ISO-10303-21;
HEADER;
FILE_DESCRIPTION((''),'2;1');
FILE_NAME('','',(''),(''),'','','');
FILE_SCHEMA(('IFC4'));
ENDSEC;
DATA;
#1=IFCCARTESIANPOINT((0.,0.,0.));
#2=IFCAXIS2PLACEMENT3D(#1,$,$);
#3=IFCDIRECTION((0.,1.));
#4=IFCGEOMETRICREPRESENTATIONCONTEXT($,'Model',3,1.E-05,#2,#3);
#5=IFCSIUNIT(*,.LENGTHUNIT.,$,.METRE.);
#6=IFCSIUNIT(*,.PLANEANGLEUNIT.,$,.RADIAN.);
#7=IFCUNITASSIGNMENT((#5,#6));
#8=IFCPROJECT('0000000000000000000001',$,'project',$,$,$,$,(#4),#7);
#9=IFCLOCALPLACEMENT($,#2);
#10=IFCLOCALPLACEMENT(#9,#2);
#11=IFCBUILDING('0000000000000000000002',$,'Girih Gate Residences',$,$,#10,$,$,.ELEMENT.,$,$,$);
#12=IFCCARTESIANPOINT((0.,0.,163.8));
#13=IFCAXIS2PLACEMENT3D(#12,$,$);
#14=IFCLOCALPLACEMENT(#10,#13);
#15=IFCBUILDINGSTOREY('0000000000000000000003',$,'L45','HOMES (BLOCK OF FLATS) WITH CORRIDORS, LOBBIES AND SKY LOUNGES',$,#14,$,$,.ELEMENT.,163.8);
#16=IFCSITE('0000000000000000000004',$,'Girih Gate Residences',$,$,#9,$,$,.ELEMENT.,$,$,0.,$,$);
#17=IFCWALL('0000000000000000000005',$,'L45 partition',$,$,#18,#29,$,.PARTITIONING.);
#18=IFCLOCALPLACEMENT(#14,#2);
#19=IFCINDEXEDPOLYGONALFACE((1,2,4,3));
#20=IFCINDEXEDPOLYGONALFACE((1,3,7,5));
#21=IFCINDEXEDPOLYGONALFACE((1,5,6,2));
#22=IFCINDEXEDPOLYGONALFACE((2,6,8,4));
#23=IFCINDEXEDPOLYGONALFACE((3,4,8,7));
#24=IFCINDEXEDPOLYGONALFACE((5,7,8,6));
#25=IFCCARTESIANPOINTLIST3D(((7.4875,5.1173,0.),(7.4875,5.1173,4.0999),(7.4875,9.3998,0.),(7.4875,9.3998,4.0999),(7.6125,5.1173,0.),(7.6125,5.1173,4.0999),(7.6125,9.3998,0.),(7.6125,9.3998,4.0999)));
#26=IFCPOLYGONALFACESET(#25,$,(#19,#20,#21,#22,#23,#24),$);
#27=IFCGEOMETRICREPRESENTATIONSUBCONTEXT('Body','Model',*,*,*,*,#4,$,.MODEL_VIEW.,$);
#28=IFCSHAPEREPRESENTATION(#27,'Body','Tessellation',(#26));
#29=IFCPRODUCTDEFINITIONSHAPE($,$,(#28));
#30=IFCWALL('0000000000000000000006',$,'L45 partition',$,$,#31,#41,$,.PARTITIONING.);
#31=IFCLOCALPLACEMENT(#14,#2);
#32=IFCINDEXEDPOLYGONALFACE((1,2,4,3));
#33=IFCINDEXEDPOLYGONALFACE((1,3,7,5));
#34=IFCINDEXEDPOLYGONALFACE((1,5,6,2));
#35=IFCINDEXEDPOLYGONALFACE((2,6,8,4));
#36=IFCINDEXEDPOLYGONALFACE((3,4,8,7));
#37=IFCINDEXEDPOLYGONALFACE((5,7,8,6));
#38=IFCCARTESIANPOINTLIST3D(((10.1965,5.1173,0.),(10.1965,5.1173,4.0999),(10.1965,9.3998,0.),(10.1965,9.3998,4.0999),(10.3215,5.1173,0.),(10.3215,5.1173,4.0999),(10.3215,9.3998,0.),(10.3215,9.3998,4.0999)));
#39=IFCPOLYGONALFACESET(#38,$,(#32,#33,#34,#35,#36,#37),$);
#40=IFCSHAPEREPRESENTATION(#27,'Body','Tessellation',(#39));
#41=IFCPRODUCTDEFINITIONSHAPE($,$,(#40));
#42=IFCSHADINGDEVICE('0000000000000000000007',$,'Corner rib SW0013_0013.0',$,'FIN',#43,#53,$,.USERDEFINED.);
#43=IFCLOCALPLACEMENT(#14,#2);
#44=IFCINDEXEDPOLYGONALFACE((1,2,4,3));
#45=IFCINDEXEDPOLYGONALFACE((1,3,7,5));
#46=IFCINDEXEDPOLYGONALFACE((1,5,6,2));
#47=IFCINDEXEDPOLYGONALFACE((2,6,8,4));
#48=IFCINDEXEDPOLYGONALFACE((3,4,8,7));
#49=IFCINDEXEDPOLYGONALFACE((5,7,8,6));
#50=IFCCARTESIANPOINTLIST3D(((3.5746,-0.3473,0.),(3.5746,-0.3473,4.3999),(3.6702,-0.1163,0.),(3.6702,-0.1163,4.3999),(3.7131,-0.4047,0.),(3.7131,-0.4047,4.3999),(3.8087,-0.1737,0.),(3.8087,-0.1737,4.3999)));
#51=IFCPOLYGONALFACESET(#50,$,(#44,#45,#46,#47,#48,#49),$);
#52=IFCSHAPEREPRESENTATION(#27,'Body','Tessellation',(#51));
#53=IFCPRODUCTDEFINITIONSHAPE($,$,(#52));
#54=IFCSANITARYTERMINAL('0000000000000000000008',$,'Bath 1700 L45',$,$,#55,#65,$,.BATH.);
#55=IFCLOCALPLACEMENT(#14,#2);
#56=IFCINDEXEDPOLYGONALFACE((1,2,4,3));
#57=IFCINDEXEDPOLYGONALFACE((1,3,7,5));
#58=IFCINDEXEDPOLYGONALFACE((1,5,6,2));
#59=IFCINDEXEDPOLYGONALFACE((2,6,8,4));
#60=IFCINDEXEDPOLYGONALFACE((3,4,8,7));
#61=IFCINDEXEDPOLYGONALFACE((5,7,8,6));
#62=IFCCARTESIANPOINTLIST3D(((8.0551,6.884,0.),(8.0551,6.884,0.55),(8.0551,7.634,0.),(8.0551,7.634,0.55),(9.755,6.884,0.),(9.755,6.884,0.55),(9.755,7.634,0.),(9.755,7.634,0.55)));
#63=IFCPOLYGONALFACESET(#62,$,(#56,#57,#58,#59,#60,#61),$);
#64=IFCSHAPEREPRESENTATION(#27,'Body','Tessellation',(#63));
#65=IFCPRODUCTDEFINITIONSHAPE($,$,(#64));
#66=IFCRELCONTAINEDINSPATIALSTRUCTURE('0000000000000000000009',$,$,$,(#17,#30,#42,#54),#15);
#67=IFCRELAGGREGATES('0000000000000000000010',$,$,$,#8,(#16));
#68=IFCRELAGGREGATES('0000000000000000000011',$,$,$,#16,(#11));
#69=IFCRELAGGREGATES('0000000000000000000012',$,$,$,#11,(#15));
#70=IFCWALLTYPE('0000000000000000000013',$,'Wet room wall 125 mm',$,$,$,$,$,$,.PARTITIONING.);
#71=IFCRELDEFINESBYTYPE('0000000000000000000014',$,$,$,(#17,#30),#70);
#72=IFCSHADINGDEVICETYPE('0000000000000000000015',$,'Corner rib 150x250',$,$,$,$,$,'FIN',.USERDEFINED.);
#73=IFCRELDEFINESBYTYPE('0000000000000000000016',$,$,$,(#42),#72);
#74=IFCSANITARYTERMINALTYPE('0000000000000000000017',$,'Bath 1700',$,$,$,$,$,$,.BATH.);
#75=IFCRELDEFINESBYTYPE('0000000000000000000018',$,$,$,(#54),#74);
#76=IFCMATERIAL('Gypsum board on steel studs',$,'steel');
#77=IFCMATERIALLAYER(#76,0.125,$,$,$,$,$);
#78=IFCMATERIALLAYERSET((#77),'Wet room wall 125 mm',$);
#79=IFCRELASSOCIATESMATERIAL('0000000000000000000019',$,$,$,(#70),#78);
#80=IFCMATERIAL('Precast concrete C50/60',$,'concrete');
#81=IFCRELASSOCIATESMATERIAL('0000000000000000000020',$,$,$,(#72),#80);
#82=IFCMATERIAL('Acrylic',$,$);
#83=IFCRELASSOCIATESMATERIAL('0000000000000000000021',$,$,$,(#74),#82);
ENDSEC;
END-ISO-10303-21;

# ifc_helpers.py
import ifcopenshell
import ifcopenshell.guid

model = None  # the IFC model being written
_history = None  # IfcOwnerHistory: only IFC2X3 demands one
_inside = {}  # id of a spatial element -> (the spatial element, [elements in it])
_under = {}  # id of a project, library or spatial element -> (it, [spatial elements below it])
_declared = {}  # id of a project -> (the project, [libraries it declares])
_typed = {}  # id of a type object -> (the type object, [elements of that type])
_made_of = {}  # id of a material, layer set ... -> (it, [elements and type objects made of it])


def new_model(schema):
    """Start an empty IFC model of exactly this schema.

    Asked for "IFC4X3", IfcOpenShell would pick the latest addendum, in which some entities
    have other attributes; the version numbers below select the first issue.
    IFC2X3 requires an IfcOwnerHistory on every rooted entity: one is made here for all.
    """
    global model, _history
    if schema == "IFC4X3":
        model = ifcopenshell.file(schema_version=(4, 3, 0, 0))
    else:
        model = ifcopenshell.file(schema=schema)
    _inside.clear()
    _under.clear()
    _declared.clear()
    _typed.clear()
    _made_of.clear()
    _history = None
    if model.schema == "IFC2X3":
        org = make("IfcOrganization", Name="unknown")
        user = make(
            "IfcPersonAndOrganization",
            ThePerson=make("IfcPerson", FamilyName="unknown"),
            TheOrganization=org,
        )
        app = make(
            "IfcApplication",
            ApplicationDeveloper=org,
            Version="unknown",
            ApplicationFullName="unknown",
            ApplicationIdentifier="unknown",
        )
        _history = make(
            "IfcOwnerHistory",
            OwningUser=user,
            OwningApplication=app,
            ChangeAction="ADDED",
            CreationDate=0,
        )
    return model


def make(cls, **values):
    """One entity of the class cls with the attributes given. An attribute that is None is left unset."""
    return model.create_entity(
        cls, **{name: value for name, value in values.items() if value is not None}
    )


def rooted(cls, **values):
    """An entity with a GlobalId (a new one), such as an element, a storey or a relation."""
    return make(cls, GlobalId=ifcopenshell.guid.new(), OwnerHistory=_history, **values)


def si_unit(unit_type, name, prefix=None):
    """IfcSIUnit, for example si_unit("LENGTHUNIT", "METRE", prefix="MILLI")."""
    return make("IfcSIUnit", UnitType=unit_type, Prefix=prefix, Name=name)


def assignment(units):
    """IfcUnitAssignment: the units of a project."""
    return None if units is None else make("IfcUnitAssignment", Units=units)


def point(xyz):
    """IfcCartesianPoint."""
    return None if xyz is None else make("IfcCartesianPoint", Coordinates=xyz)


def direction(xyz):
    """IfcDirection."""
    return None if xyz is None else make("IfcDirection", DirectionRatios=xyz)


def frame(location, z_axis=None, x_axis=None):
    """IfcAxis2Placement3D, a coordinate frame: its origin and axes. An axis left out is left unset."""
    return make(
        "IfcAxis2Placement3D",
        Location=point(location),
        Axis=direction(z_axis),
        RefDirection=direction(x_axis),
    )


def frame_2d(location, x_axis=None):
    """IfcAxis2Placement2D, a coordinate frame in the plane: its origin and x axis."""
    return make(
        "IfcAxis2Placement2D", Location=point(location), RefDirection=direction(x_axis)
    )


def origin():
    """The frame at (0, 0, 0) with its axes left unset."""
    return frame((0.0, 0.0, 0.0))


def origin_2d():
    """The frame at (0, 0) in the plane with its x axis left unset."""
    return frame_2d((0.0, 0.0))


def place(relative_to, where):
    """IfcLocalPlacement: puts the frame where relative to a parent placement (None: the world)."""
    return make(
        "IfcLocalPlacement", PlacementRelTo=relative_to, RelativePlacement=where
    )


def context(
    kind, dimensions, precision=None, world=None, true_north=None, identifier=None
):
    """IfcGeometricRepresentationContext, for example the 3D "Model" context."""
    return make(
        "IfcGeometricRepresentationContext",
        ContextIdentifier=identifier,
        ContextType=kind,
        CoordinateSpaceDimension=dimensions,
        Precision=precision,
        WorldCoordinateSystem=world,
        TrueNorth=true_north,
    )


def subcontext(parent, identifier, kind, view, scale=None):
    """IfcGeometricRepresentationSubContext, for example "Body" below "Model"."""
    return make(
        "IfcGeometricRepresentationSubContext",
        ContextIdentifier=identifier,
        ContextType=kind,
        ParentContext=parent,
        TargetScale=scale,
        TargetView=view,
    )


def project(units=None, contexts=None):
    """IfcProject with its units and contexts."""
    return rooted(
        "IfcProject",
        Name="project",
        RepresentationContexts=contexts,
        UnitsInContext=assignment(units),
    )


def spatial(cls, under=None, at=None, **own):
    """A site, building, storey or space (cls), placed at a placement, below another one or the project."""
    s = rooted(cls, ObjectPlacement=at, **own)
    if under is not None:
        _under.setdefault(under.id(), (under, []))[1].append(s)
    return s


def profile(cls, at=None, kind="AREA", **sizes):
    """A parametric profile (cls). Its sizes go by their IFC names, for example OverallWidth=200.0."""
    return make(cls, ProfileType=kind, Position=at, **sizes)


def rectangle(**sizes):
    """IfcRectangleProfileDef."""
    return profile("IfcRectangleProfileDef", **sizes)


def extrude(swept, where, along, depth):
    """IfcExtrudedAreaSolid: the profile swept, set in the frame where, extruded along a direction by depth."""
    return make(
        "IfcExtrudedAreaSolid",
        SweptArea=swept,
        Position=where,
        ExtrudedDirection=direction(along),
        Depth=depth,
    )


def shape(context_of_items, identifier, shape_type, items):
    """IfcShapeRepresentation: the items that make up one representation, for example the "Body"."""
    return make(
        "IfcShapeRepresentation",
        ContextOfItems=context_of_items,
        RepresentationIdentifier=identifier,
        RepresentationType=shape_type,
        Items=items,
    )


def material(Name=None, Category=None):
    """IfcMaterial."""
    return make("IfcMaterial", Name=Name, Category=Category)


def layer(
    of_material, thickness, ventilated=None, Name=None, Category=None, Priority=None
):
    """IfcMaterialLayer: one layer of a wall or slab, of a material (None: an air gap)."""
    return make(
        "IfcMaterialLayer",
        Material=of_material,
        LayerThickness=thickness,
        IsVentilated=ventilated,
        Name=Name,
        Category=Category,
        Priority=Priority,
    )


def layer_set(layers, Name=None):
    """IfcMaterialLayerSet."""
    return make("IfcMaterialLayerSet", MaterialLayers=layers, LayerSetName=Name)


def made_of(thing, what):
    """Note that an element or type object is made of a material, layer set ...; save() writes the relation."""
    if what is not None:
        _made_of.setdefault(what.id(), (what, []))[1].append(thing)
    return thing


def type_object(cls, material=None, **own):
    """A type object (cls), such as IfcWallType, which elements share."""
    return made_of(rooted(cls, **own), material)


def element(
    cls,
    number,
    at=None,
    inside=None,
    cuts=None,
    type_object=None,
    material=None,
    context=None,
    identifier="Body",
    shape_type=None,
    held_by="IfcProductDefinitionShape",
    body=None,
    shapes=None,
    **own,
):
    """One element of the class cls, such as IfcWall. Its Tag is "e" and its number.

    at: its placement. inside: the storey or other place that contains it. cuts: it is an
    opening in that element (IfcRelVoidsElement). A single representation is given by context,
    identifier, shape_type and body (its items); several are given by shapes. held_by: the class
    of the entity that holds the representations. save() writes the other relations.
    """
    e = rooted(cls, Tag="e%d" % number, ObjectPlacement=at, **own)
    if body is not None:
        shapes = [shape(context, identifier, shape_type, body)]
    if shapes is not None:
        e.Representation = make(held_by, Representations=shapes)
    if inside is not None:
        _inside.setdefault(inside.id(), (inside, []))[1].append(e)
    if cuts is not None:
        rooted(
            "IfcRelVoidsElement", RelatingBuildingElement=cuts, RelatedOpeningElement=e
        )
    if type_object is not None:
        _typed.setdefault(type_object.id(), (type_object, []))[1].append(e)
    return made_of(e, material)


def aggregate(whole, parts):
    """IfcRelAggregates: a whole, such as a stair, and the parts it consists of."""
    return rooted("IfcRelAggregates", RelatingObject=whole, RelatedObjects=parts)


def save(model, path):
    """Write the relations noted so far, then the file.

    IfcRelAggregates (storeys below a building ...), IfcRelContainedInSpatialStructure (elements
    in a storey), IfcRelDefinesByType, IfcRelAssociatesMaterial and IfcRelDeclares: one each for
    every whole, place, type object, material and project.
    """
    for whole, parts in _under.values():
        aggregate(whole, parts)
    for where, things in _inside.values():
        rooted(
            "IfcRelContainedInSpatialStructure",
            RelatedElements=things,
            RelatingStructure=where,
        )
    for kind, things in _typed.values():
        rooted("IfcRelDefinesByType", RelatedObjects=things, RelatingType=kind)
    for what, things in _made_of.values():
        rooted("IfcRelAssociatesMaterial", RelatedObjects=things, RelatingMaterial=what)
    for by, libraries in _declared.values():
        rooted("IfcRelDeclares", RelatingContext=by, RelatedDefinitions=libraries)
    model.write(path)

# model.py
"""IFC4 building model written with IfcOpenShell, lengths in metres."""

from ifc_helpers import new_model, si_unit, direction, frame, frame_2d, origin, origin_2d, place, context, subcontext, project, spatial, rectangle, extrude, material, layer, layer_set, type_object, element, save


model = new_model("IFC4")

# Units and contexts
model_context = context("Model", 3, precision=1e-05, world=origin(), true_north=direction((0.0, 1.0)))
body_context = subcontext(model_context, "Body", "Model", "MODEL_VIEW")
ifc_project = project(units=[si_unit("LENGTHUNIT", "METRE"), si_unit("PLANEANGLEUNIT", "RADIAN")], contexts=[model_context])

# Site, building, storey
site_placement = place(None, origin())
site = spatial("IfcSite", under=ifc_project, at=site_placement, Name="Girih Gate Residences", CompositionType="ELEMENT", RefElevation=0.0)
building_placement = place(site_placement, origin())
building = spatial("IfcBuilding", under=site, at=building_placement, Name="Girih Gate Residences", CompositionType="ELEMENT")
storey_placement = place(building_placement, frame((0.0, 0.0, 163.8)))
storey = spatial("IfcBuildingStorey", under=building, at=storey_placement, Name="L45", Description="HOMES (BLOCK OF FLATS) WITH CORRIDORS, LOBBIES AND SKY LOUNGES", CompositionType="ELEMENT", Elevation=163.8)

# Shared definitions
ifc_material_1 = material(Name="Gypsum board on steel studs", Category="steel")

# Shared definitions
ifc_material_2 = material(Name="Precast concrete C50/60", Category="concrete")

# Shared definitions
ifc_layer_1 = layer(ifc_material_1, 0.125)
ifc_layer_set_1 = layer_set([ifc_layer_1], Name="Wet room wall 125 mm")
wall_type_1 = type_object("IfcWallType", Name="Wet room wall 125 mm", PredefinedType="PARTITIONING", material=ifc_layer_set_1)

# Walls
for number, where, z_axis, x_axis, name in (
    (1, (7.55, 5.1174, 0.0), (0.0, 0.0, 1.0), (0.0, 1.0, 0.0), "L45 partition"),
    (2, (10.259, 5.1174, 0.0), (0.0, 0.0, 1.0), (0.0, 1.0, 0.0), "L45 partition"),
):
    element("IfcWall", number, at=place(storey_placement, frame(where, z_axis=z_axis, x_axis=x_axis)), inside=storey, type_object=wall_type_1, Name=name, PredefinedType="PARTITIONING", context=body_context, shape_type="SweptSolid", body=[
        extrude(rectangle(XDim=4.2825, YDim=0.125, at=frame_2d((2.1411, 0.0))), origin(), (0.0, 0.0, 1.0), 4.0999),
    ])

# Shading device
shading_device_type = type_object("IfcShadingDeviceType", Name="Corner rib 150x250", ElementType="FIN", PredefinedType="USERDEFINED", material=ifc_material_2)
shading_device_placement = place(storey_placement, frame((3.6917, -0.2605, 0.0), z_axis=(0.0, 0.0, 1.0), x_axis=(0.92388, -0.382683, 0.0)))
element("IfcShadingDevice", 3, at=shading_device_placement, inside=storey, type_object=shading_device_type, Name="Corner rib SW0013_0013.0", ObjectType="FIN", PredefinedType="USERDEFINED", context=body_context, shape_type="SweptSolid", body=[
    extrude(rectangle(XDim=0.1499, YDim=0.25, at=origin_2d()), origin(), (0.0, 0.0, 1.0), 4.3999),
])

# Sanitary terminal
ifc_material_3 = material(Name="Acrylic")
sanitary_terminal_type = type_object("IfcSanitaryTerminalType", Name="Bath 1700", PredefinedType="BATH", material=ifc_material_3)
sanitary_terminal_placement = place(storey_placement, frame((8.905, 7.259, 0.0), z_axis=(0.0, 0.0, 1.0), x_axis=(1.0, 0.0, 0.0)))
element("IfcSanitaryTerminal", 4, at=sanitary_terminal_placement, inside=storey, type_object=sanitary_terminal_type, Name="Bath 1700 L45", PredefinedType="BATH", context=body_context, shape_type="SweptSolid", body=[
    extrude(rectangle(XDim=1.7, YDim=0.75, at=origin_2d()), origin(), (0.0, 0.0, 1.0), 0.55),
])

save(model, "model.ifc")
